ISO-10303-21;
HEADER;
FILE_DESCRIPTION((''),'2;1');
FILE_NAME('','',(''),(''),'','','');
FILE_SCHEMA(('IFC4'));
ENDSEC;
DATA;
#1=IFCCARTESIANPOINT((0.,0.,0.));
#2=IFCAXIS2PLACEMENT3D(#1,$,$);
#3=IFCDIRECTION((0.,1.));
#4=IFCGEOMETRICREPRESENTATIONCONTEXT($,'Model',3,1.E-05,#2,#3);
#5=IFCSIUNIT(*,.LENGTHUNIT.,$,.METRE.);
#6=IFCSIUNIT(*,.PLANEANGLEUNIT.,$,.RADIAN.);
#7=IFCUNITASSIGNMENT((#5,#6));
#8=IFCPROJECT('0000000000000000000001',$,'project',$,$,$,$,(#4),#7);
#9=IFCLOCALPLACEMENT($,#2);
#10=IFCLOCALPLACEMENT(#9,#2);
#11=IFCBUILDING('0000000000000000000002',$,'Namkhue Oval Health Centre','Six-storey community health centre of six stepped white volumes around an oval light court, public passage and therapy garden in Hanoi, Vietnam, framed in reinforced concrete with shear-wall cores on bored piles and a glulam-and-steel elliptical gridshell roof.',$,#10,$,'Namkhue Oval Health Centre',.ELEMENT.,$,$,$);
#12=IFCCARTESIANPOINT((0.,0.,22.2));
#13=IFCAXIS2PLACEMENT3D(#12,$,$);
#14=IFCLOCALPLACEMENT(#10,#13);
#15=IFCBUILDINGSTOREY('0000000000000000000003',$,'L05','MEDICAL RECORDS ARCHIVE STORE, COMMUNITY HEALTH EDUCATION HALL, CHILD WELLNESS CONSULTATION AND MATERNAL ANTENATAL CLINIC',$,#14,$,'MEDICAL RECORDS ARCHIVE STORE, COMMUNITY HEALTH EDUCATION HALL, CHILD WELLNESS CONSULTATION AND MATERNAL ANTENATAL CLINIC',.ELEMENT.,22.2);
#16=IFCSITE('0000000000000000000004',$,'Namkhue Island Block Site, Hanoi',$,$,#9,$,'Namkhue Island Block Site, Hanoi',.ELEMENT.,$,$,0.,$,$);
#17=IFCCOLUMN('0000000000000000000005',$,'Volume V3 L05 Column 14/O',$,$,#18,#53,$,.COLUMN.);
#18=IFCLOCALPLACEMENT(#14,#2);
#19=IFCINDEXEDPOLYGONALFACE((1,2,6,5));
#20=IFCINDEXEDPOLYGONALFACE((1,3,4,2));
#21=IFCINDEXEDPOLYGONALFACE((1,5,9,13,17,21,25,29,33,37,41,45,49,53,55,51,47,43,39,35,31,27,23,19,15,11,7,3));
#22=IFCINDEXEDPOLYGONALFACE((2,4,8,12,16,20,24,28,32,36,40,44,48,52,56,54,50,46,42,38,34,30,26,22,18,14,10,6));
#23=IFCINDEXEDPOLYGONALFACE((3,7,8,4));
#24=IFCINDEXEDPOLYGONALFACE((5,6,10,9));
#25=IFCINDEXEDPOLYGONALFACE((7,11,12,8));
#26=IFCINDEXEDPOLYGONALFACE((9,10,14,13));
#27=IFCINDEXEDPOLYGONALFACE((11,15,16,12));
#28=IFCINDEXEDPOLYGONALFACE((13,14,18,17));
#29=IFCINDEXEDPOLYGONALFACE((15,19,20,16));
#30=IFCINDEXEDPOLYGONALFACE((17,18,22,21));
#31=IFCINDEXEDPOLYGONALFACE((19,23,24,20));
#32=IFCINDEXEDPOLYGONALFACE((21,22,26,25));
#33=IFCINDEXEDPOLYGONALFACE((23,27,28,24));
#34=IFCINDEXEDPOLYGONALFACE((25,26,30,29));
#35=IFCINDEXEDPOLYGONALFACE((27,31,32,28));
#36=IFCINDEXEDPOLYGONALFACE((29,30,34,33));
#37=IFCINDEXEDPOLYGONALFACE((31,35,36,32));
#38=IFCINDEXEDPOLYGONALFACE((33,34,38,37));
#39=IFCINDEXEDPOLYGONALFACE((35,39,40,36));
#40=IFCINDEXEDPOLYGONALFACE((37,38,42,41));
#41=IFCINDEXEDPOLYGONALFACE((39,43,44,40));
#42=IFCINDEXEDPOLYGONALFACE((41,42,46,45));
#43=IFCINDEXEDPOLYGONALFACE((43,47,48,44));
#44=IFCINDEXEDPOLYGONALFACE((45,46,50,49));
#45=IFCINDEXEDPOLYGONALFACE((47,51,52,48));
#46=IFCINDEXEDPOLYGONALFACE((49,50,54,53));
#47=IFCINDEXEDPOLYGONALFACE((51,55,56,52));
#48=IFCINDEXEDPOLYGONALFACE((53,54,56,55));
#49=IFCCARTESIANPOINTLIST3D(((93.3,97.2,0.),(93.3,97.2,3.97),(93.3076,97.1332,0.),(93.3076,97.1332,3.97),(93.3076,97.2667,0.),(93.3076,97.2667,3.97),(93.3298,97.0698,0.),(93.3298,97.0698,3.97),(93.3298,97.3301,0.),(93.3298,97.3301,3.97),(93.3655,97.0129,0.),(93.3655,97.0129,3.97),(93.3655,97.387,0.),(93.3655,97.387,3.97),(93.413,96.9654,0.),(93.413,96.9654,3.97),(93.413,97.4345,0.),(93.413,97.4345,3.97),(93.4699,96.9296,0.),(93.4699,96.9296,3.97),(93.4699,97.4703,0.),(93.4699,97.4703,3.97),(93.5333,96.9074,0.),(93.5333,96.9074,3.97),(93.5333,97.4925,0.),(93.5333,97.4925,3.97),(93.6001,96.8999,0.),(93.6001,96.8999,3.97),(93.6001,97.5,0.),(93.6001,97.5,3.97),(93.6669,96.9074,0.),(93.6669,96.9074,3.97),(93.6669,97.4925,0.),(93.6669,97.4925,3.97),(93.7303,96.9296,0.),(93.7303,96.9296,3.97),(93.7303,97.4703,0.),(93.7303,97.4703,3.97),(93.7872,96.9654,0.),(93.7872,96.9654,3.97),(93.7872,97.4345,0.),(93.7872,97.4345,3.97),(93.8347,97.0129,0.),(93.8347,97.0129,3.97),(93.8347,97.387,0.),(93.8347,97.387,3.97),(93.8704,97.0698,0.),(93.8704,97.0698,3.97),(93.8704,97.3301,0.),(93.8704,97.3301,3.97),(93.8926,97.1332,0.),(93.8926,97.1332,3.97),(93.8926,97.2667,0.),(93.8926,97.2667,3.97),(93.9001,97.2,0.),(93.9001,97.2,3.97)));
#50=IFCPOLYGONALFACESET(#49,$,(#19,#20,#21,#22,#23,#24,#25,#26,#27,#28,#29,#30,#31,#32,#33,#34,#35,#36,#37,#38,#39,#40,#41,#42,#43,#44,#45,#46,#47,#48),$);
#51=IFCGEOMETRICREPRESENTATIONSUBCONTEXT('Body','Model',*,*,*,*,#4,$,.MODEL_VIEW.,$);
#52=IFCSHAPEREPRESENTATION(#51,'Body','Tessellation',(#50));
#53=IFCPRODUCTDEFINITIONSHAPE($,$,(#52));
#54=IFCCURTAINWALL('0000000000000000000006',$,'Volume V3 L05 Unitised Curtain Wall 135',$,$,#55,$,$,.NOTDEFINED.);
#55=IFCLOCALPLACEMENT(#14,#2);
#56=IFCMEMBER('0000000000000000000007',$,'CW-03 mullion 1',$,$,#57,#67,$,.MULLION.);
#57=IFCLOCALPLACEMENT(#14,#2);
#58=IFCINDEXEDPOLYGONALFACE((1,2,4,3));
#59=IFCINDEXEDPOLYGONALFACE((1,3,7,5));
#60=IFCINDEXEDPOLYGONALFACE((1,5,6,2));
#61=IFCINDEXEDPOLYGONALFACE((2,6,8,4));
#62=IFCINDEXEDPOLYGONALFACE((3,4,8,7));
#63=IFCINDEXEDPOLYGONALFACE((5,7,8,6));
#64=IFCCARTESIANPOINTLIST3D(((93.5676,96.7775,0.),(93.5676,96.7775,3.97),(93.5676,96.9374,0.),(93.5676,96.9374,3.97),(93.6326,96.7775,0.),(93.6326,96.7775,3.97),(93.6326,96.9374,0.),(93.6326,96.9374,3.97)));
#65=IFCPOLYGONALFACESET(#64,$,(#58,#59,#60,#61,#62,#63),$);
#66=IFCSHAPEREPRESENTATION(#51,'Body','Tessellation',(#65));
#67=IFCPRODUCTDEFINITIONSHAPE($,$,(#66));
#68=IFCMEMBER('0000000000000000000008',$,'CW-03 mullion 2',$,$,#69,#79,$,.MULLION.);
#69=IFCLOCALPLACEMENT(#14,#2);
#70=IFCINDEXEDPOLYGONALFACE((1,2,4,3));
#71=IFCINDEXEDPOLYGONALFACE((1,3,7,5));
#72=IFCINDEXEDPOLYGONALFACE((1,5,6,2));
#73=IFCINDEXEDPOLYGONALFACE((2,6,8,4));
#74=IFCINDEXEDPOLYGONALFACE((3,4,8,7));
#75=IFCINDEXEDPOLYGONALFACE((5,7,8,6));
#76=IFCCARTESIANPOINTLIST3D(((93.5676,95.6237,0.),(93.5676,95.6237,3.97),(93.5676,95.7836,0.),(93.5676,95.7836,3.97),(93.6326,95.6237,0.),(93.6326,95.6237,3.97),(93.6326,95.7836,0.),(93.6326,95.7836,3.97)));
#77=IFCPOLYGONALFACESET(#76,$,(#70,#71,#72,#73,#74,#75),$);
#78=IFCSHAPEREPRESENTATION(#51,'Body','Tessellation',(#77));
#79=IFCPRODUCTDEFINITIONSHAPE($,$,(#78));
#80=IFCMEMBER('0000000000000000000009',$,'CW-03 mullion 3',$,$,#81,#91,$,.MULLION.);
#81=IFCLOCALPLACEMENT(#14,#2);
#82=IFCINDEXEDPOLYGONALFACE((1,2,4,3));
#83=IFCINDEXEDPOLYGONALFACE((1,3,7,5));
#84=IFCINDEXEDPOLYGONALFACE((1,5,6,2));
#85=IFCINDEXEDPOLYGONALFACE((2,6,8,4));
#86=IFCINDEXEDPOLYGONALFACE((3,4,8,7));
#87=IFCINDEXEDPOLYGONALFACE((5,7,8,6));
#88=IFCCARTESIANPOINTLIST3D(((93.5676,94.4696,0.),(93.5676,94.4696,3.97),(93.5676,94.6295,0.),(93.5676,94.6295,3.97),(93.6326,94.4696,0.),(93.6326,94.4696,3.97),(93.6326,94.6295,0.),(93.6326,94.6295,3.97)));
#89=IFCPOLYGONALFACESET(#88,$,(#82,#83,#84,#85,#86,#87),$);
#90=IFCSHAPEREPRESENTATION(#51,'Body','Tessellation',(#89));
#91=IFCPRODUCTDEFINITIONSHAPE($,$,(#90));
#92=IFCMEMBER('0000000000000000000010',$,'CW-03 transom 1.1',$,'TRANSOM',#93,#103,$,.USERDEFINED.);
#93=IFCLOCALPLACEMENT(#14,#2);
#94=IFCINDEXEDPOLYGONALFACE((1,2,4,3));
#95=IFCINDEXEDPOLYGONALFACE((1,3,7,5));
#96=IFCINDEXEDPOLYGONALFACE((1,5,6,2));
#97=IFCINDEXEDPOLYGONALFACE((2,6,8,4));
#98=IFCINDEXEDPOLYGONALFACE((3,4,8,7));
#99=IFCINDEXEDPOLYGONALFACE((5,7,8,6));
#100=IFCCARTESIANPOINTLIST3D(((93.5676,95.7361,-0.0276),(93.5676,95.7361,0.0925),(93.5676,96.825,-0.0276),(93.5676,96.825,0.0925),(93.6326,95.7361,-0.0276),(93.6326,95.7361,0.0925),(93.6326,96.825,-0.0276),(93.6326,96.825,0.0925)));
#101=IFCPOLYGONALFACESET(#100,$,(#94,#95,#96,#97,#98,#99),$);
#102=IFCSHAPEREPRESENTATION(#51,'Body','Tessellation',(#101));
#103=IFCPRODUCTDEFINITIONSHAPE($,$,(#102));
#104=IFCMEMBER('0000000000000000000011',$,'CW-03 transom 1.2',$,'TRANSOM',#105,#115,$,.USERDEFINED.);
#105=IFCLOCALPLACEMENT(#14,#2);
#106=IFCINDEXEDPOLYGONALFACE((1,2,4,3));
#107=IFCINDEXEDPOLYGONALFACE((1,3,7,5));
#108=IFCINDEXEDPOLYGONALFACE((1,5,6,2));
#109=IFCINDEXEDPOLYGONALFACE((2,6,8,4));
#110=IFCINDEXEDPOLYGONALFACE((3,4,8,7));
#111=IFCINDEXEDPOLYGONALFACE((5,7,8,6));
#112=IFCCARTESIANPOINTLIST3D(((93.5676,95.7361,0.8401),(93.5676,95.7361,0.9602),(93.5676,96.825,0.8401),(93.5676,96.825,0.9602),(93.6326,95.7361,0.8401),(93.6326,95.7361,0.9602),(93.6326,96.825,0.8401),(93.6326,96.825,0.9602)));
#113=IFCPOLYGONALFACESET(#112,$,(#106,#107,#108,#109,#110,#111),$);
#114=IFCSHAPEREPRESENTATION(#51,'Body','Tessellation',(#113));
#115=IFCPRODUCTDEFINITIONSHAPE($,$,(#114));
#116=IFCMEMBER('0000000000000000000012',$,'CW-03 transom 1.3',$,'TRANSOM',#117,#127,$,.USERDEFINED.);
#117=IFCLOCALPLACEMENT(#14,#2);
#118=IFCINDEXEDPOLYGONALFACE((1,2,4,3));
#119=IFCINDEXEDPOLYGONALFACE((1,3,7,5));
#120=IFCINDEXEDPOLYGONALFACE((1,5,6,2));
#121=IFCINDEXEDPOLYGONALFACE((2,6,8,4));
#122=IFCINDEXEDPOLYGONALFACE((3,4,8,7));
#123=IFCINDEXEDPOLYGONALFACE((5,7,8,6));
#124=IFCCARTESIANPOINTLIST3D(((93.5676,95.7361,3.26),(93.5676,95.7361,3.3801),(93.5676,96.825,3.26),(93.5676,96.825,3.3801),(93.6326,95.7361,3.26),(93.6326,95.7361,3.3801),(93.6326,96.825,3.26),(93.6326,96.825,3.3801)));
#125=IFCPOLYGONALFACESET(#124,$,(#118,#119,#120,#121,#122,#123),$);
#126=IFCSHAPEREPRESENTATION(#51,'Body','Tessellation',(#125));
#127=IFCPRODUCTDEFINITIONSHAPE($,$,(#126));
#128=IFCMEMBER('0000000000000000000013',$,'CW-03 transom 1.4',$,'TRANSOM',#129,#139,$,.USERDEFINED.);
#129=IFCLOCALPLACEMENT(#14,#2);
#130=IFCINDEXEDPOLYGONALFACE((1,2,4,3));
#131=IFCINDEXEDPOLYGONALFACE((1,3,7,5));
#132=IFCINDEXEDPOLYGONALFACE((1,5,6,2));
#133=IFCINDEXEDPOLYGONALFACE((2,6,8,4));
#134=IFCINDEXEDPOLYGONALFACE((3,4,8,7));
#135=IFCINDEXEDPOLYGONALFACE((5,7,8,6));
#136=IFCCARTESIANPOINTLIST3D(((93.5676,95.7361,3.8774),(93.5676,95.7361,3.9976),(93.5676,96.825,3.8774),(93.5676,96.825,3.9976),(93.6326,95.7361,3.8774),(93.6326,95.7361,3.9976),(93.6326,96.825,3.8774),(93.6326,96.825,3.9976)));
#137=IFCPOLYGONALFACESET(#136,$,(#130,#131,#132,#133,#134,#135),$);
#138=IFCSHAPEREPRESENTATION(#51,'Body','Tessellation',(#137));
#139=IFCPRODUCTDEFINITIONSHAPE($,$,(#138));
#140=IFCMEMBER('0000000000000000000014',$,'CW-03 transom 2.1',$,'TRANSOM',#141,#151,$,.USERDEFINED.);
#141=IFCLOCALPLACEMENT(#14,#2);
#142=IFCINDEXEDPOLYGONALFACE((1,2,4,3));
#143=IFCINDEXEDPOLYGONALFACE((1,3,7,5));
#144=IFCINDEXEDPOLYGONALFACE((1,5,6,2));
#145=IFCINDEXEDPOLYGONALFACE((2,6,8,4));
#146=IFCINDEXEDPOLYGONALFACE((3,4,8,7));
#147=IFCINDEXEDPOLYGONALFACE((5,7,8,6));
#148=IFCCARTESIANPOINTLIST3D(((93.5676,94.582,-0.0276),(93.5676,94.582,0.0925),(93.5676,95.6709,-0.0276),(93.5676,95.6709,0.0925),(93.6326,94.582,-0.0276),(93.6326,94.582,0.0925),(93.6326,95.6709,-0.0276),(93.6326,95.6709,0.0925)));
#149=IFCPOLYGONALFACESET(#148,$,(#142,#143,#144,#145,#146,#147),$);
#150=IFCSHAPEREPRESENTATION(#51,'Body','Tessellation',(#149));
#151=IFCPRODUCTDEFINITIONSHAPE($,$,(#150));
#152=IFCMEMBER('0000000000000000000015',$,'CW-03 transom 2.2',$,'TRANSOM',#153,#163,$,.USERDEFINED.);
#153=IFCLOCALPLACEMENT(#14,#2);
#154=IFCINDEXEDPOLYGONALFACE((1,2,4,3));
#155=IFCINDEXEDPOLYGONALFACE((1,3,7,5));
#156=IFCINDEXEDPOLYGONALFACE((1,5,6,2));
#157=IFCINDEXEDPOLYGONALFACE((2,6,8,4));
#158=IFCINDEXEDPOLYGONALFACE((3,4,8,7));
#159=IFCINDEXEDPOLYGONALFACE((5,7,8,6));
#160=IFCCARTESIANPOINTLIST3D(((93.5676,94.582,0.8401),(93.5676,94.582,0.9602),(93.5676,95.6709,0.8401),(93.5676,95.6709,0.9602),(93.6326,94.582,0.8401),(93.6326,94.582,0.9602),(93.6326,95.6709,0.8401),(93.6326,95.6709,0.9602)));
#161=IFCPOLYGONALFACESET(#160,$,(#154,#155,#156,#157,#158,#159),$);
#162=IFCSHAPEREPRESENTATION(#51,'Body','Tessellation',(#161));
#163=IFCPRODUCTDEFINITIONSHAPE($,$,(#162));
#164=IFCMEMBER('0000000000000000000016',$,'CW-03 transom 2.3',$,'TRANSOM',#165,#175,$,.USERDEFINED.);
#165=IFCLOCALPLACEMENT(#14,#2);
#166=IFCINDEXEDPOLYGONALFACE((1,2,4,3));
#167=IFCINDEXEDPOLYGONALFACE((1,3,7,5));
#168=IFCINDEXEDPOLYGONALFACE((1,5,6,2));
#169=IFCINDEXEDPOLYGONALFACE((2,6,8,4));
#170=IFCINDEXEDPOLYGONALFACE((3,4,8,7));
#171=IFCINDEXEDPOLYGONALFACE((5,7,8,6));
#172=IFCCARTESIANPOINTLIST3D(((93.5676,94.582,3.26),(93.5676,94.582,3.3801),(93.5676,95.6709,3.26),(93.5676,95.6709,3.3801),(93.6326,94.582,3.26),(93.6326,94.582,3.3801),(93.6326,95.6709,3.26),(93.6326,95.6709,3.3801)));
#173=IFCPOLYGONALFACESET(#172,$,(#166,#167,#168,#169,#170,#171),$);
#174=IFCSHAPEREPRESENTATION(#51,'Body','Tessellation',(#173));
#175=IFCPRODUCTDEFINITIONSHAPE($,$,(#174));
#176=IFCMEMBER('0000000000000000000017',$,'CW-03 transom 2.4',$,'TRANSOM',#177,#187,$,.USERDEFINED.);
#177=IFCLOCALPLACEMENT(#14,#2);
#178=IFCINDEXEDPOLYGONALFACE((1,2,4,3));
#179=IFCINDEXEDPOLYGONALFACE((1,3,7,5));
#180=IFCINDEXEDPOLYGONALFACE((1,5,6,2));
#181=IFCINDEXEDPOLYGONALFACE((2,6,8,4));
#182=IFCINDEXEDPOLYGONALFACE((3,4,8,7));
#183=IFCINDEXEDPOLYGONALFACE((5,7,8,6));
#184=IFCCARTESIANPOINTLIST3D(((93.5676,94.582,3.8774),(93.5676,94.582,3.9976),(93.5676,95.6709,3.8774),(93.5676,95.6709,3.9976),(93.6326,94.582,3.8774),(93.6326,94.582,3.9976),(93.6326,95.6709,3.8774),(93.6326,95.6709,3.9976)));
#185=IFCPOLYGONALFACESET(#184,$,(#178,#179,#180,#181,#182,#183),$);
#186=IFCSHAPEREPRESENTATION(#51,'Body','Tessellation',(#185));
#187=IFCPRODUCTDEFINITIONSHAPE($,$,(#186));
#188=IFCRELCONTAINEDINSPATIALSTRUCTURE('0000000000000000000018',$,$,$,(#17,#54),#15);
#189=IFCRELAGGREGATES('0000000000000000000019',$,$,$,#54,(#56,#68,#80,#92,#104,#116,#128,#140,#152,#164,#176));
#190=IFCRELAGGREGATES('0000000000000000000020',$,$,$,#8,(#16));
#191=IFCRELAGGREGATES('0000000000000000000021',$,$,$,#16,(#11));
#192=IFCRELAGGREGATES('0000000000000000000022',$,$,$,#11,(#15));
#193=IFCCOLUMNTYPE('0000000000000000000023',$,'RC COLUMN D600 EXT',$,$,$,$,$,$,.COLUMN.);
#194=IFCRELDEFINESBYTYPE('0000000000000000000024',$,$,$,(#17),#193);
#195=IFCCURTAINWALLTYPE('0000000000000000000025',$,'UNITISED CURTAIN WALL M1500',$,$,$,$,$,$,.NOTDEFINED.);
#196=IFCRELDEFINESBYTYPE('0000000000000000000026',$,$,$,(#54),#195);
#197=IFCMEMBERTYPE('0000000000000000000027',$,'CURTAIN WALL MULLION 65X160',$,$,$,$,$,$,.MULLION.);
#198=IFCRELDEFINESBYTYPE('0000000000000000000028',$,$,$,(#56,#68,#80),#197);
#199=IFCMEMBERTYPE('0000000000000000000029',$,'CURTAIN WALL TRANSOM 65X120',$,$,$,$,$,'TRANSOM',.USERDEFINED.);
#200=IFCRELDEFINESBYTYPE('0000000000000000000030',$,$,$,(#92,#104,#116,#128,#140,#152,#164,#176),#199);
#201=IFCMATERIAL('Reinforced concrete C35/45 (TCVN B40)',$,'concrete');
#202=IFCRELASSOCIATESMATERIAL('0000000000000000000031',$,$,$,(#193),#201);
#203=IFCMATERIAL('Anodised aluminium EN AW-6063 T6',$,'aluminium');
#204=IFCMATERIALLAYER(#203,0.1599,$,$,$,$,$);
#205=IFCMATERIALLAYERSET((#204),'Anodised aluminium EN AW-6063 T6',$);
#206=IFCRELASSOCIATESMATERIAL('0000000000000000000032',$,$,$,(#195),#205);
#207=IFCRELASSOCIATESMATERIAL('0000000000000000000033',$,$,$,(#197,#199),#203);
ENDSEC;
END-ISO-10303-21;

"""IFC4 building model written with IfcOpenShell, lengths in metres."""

from ifc_helpers import new_model, si_unit, direction, frame, origin, origin_2d, place, context, subcontext, project, spatial, rectangle, circle, extrude, material, layer, layer_set, material_profile, profile_set, type_object, element, aggregate, save


model = new_model("IFC4")

# Units and contexts
model_context = context("Model", 3, precision=1e-05, world=origin(), true_north=direction((0.0, 1.0)))
body_context = subcontext(model_context, "Body", "Model", "MODEL_VIEW")
ifc_project = project(units=[si_unit("LENGTHUNIT", "METRE"), si_unit("PLANEANGLEUNIT", "RADIAN")], contexts=[model_context])

# Site, building, storey
site_placement = place(None, origin())
site = spatial("IfcSite", under=ifc_project, at=site_placement, Name="Namkhue Island Block Site, Hanoi", LongName="Namkhue Island Block Site, Hanoi", CompositionType="ELEMENT", RefElevation=0.0)
building_placement = place(site_placement, origin())
building = spatial("IfcBuilding", under=site, at=building_placement, Name="Namkhue Oval Health Centre", Description="Six-storey community health centre of six stepped white volumes around an oval light court, public passage and therapy garden in Hanoi, Vietnam, framed in reinforced concrete with shear-wall cores on bored piles and a glulam-and-steel elliptical gridshell roof.", LongName="Namkhue Oval Health Centre", CompositionType="ELEMENT")
storey_placement = place(building_placement, frame((0.0, 0.0, 22.2)))
storey = spatial("IfcBuildingStorey", under=building, at=storey_placement, Name="L05", Description="MEDICAL RECORDS ARCHIVE STORE, COMMUNITY HEALTH EDUCATION HALL, CHILD WELLNESS CONSULTATION AND MATERNAL ANTENATAL CLINIC", LongName="MEDICAL RECORDS ARCHIVE STORE, COMMUNITY HEALTH EDUCATION HALL, CHILD WELLNESS CONSULTATION AND MATERNAL ANTENATAL CLINIC", CompositionType="ELEMENT", Elevation=22.2)

# Column
ifc_material_1 = material(Name="Reinforced concrete C35/45 (TCVN B40)", Category="concrete")
ifc_material_profile_1 = material_profile(ifc_material_1, circle(Radius=0.3, at=origin_2d()), Name="RC D600")
ifc_profile_set_1 = profile_set([ifc_material_profile_1], Name="Reinforced concrete C35/45 (TCVN B40)")
column_type = type_object("IfcColumnType", Name="RC COLUMN D600 EXT", PredefinedType="COLUMN", material=ifc_profile_set_1)
column_placement = place(storey_placement, frame((93.6001, 97.2, 0.0), z_axis=(0.0, 0.0, 1.0), x_axis=(1.0, 0.0, 0.0)))
element("IfcColumn", 1, at=column_placement, inside=storey, type_object=column_type, Name="Volume V3 L05 Column 14/O", PredefinedType="COLUMN", context=body_context, shape_type="SweptSolid", body=[
    extrude(circle(Radius=0.3, at=origin_2d()), origin(), (0.0, 0.0, 1.0), 3.97),
])

# Curtain wall, members
ifc_material_2 = material(Name="Anodised aluminium EN AW-6063 T6", Category="aluminium")
ifc_layer_1 = layer(ifc_material_2, 0.1599)
ifc_layer_set_1 = layer_set([ifc_layer_1], Name="Anodised aluminium EN AW-6063 T6")
curtain_wall_type = type_object("IfcCurtainWallType", Name="UNITISED CURTAIN WALL M1500", PredefinedType="NOTDEFINED", material=ifc_layer_set_1)
curtain_wall_placement = place(storey_placement, origin())
curtain_wall = element("IfcCurtainWall", 2, at=curtain_wall_placement, inside=storey, type_object=curtain_wall_type, Name="Volume V3 L05 Unitised Curtain Wall 135", PredefinedType="NOTDEFINED")
ifc_material_profile_2 = material_profile(ifc_material_2, rectangle(XDim=0.0649, YDim=0.1599, at=origin_2d()), Name="ALU 65x160")
ifc_profile_set_2 = profile_set([ifc_material_profile_2], Name="Anodised aluminium EN AW-6063 T6")
member_type_1 = type_object("IfcMemberType", Name="CURTAIN WALL MULLION 65X160", PredefinedType="MULLION", material=ifc_profile_set_2)
member_1_placement = place(storey_placement, frame((93.6001, 96.8574, 0.0), z_axis=(0.0, 0.0, 1.0), x_axis=(1.0, 0.0, 0.0)))
member_1 = element("IfcMember", 3, at=member_1_placement, type_object=member_type_1, Name="CW-03 mullion 1", PredefinedType="MULLION", context=body_context, shape_type="SweptSolid", body=[
    extrude(rectangle(XDim=0.0649, YDim=0.1599, at=origin_2d()), origin(), (0.0, 0.0, 1.0), 3.97),
])
member_2_placement = place(storey_placement, frame((93.6001, 95.7036, 0.0), z_axis=(0.0, 0.0, 1.0), x_axis=(1.0, 0.0, 0.0)))
member_2 = element("IfcMember", 4, at=member_2_placement, type_object=member_type_1, Name="CW-03 mullion 2", PredefinedType="MULLION", context=body_context, shape_type="SweptSolid", body=[
    extrude(rectangle(XDim=0.0649, YDim=0.1599, at=origin_2d()), origin(), (0.0, 0.0, 1.0), 3.97),
])
member_3_placement = place(storey_placement, frame((93.6001, 94.5496, 0.0), z_axis=(0.0, 0.0, 1.0), x_axis=(1.0, 0.0, 0.0)))
member_3 = element("IfcMember", 5, at=member_3_placement, type_object=member_type_1, Name="CW-03 mullion 3", PredefinedType="MULLION", context=body_context, shape_type="SweptSolid", body=[
    extrude(rectangle(XDim=0.0649, YDim=0.1599, at=origin_2d()), origin(), (0.0, 0.0, 1.0), 3.97),
])
ifc_material_profile_3 = material_profile(ifc_material_2, rectangle(XDim=0.0649, YDim=0.1201, at=origin_2d()), Name="ALU 65x120")
ifc_profile_set_3 = profile_set([ifc_material_profile_3], Name="Anodised aluminium EN AW-6063 T6")
member_type_2 = type_object("IfcMemberType", Name="CURTAIN WALL TRANSOM 65X120", ElementType="TRANSOM", PredefinedType="USERDEFINED", material=ifc_profile_set_3)
member_4_placement = place(storey_placement, frame((93.6001, 96.825, 0.0325), z_axis=(0.0, -1.0, 0.0), x_axis=(1.0, 0.0, 0.0)))
member_4 = element("IfcMember", 6, at=member_4_placement, type_object=member_type_2, Name="CW-03 transom 1.1", ObjectType="TRANSOM", PredefinedType="USERDEFINED", context=body_context, shape_type="SweptSolid", body=[
    extrude(rectangle(XDim=0.0649, YDim=0.1201, at=origin_2d()), origin(), (0.0, 0.0, 1.0), 1.0889),
])
member_5_placement = place(storey_placement, frame((93.6001, 96.825, 0.9001), z_axis=(0.0, -1.0, 0.0), x_axis=(1.0, 0.0, 0.0)))
member_5 = element("IfcMember", 7, at=member_5_placement, type_object=member_type_2, Name="CW-03 transom 1.2", ObjectType="TRANSOM", PredefinedType="USERDEFINED", context=body_context, shape_type="SweptSolid", body=[
    extrude(rectangle(XDim=0.0649, YDim=0.1201, at=origin_2d()), origin(), (0.0, 0.0, 1.0), 1.0889),
])
member_6_placement = place(storey_placement, frame((93.6001, 96.825, 3.3201), z_axis=(0.0, -1.0, 0.0), x_axis=(1.0, 0.0, 0.0)))
member_6 = element("IfcMember", 8, at=member_6_placement, type_object=member_type_2, Name="CW-03 transom 1.3", ObjectType="TRANSOM", PredefinedType="USERDEFINED", context=body_context, shape_type="SweptSolid", body=[
    extrude(rectangle(XDim=0.0649, YDim=0.1201, at=origin_2d()), origin(), (0.0, 0.0, 1.0), 1.0889),
])
member_7_placement = place(storey_placement, frame((93.6001, 96.825, 3.9375), z_axis=(0.0, -1.0, 0.0), x_axis=(1.0, 0.0, 0.0)))
member_7 = element("IfcMember", 9, at=member_7_placement, type_object=member_type_2, Name="CW-03 transom 1.4", ObjectType="TRANSOM", PredefinedType="USERDEFINED", context=body_context, shape_type="SweptSolid", body=[
    extrude(rectangle(XDim=0.0649, YDim=0.1201, at=origin_2d()), origin(), (0.0, 0.0, 1.0), 1.0889),
])
member_8_placement = place(storey_placement, frame((93.6001, 95.6709, 0.0325), z_axis=(0.0, -1.0, 0.0), x_axis=(1.0, 0.0, 0.0)))
member_8 = element("IfcMember", 10, at=member_8_placement, type_object=member_type_2, Name="CW-03 transom 2.1", ObjectType="TRANSOM", PredefinedType="USERDEFINED", context=body_context, shape_type="SweptSolid", body=[
    extrude(rectangle(XDim=0.0649, YDim=0.1201, at=origin_2d()), origin(), (0.0, 0.0, 1.0), 1.0889),
])
member_9_placement = place(storey_placement, frame((93.6001, 95.6709, 0.9001), z_axis=(0.0, -1.0, 0.0), x_axis=(1.0, 0.0, 0.0)))
member_9 = element("IfcMember", 11, at=member_9_placement, type_object=member_type_2, Name="CW-03 transom 2.2", ObjectType="TRANSOM", PredefinedType="USERDEFINED", context=body_context, shape_type="SweptSolid", body=[
    extrude(rectangle(XDim=0.0649, YDim=0.1201, at=origin_2d()), origin(), (0.0, 0.0, 1.0), 1.0889),
])
member_10_placement = place(storey_placement, frame((93.6001, 95.6709, 3.3201), z_axis=(0.0, -1.0, 0.0), x_axis=(1.0, 0.0, 0.0)))
member_10 = element("IfcMember", 12, at=member_10_placement, type_object=member_type_2, Name="CW-03 transom 2.3", ObjectType="TRANSOM", PredefinedType="USERDEFINED", context=body_context, shape_type="SweptSolid", body=[
    extrude(rectangle(XDim=0.0649, YDim=0.1201, at=origin_2d()), origin(), (0.0, 0.0, 1.0), 1.0889),
])
member_11_placement = place(storey_placement, frame((93.6001, 95.6709, 3.9375), z_axis=(0.0, -1.0, 0.0), x_axis=(1.0, 0.0, 0.0)))
member_11 = element("IfcMember", 13, at=member_11_placement, type_object=member_type_2, Name="CW-03 transom 2.4", ObjectType="TRANSOM", PredefinedType="USERDEFINED", context=body_context, shape_type="SweptSolid", body=[
    extrude(rectangle(XDim=0.0649, YDim=0.1201, at=origin_2d()), origin(), (0.0, 0.0, 1.0), 1.0889),
])

aggregate(curtain_wall, [member_1, member_2, member_3, member_4, member_5, member_6, member_7, member_8, member_9, member_10, member_11])

save(model, "model.ifc")
